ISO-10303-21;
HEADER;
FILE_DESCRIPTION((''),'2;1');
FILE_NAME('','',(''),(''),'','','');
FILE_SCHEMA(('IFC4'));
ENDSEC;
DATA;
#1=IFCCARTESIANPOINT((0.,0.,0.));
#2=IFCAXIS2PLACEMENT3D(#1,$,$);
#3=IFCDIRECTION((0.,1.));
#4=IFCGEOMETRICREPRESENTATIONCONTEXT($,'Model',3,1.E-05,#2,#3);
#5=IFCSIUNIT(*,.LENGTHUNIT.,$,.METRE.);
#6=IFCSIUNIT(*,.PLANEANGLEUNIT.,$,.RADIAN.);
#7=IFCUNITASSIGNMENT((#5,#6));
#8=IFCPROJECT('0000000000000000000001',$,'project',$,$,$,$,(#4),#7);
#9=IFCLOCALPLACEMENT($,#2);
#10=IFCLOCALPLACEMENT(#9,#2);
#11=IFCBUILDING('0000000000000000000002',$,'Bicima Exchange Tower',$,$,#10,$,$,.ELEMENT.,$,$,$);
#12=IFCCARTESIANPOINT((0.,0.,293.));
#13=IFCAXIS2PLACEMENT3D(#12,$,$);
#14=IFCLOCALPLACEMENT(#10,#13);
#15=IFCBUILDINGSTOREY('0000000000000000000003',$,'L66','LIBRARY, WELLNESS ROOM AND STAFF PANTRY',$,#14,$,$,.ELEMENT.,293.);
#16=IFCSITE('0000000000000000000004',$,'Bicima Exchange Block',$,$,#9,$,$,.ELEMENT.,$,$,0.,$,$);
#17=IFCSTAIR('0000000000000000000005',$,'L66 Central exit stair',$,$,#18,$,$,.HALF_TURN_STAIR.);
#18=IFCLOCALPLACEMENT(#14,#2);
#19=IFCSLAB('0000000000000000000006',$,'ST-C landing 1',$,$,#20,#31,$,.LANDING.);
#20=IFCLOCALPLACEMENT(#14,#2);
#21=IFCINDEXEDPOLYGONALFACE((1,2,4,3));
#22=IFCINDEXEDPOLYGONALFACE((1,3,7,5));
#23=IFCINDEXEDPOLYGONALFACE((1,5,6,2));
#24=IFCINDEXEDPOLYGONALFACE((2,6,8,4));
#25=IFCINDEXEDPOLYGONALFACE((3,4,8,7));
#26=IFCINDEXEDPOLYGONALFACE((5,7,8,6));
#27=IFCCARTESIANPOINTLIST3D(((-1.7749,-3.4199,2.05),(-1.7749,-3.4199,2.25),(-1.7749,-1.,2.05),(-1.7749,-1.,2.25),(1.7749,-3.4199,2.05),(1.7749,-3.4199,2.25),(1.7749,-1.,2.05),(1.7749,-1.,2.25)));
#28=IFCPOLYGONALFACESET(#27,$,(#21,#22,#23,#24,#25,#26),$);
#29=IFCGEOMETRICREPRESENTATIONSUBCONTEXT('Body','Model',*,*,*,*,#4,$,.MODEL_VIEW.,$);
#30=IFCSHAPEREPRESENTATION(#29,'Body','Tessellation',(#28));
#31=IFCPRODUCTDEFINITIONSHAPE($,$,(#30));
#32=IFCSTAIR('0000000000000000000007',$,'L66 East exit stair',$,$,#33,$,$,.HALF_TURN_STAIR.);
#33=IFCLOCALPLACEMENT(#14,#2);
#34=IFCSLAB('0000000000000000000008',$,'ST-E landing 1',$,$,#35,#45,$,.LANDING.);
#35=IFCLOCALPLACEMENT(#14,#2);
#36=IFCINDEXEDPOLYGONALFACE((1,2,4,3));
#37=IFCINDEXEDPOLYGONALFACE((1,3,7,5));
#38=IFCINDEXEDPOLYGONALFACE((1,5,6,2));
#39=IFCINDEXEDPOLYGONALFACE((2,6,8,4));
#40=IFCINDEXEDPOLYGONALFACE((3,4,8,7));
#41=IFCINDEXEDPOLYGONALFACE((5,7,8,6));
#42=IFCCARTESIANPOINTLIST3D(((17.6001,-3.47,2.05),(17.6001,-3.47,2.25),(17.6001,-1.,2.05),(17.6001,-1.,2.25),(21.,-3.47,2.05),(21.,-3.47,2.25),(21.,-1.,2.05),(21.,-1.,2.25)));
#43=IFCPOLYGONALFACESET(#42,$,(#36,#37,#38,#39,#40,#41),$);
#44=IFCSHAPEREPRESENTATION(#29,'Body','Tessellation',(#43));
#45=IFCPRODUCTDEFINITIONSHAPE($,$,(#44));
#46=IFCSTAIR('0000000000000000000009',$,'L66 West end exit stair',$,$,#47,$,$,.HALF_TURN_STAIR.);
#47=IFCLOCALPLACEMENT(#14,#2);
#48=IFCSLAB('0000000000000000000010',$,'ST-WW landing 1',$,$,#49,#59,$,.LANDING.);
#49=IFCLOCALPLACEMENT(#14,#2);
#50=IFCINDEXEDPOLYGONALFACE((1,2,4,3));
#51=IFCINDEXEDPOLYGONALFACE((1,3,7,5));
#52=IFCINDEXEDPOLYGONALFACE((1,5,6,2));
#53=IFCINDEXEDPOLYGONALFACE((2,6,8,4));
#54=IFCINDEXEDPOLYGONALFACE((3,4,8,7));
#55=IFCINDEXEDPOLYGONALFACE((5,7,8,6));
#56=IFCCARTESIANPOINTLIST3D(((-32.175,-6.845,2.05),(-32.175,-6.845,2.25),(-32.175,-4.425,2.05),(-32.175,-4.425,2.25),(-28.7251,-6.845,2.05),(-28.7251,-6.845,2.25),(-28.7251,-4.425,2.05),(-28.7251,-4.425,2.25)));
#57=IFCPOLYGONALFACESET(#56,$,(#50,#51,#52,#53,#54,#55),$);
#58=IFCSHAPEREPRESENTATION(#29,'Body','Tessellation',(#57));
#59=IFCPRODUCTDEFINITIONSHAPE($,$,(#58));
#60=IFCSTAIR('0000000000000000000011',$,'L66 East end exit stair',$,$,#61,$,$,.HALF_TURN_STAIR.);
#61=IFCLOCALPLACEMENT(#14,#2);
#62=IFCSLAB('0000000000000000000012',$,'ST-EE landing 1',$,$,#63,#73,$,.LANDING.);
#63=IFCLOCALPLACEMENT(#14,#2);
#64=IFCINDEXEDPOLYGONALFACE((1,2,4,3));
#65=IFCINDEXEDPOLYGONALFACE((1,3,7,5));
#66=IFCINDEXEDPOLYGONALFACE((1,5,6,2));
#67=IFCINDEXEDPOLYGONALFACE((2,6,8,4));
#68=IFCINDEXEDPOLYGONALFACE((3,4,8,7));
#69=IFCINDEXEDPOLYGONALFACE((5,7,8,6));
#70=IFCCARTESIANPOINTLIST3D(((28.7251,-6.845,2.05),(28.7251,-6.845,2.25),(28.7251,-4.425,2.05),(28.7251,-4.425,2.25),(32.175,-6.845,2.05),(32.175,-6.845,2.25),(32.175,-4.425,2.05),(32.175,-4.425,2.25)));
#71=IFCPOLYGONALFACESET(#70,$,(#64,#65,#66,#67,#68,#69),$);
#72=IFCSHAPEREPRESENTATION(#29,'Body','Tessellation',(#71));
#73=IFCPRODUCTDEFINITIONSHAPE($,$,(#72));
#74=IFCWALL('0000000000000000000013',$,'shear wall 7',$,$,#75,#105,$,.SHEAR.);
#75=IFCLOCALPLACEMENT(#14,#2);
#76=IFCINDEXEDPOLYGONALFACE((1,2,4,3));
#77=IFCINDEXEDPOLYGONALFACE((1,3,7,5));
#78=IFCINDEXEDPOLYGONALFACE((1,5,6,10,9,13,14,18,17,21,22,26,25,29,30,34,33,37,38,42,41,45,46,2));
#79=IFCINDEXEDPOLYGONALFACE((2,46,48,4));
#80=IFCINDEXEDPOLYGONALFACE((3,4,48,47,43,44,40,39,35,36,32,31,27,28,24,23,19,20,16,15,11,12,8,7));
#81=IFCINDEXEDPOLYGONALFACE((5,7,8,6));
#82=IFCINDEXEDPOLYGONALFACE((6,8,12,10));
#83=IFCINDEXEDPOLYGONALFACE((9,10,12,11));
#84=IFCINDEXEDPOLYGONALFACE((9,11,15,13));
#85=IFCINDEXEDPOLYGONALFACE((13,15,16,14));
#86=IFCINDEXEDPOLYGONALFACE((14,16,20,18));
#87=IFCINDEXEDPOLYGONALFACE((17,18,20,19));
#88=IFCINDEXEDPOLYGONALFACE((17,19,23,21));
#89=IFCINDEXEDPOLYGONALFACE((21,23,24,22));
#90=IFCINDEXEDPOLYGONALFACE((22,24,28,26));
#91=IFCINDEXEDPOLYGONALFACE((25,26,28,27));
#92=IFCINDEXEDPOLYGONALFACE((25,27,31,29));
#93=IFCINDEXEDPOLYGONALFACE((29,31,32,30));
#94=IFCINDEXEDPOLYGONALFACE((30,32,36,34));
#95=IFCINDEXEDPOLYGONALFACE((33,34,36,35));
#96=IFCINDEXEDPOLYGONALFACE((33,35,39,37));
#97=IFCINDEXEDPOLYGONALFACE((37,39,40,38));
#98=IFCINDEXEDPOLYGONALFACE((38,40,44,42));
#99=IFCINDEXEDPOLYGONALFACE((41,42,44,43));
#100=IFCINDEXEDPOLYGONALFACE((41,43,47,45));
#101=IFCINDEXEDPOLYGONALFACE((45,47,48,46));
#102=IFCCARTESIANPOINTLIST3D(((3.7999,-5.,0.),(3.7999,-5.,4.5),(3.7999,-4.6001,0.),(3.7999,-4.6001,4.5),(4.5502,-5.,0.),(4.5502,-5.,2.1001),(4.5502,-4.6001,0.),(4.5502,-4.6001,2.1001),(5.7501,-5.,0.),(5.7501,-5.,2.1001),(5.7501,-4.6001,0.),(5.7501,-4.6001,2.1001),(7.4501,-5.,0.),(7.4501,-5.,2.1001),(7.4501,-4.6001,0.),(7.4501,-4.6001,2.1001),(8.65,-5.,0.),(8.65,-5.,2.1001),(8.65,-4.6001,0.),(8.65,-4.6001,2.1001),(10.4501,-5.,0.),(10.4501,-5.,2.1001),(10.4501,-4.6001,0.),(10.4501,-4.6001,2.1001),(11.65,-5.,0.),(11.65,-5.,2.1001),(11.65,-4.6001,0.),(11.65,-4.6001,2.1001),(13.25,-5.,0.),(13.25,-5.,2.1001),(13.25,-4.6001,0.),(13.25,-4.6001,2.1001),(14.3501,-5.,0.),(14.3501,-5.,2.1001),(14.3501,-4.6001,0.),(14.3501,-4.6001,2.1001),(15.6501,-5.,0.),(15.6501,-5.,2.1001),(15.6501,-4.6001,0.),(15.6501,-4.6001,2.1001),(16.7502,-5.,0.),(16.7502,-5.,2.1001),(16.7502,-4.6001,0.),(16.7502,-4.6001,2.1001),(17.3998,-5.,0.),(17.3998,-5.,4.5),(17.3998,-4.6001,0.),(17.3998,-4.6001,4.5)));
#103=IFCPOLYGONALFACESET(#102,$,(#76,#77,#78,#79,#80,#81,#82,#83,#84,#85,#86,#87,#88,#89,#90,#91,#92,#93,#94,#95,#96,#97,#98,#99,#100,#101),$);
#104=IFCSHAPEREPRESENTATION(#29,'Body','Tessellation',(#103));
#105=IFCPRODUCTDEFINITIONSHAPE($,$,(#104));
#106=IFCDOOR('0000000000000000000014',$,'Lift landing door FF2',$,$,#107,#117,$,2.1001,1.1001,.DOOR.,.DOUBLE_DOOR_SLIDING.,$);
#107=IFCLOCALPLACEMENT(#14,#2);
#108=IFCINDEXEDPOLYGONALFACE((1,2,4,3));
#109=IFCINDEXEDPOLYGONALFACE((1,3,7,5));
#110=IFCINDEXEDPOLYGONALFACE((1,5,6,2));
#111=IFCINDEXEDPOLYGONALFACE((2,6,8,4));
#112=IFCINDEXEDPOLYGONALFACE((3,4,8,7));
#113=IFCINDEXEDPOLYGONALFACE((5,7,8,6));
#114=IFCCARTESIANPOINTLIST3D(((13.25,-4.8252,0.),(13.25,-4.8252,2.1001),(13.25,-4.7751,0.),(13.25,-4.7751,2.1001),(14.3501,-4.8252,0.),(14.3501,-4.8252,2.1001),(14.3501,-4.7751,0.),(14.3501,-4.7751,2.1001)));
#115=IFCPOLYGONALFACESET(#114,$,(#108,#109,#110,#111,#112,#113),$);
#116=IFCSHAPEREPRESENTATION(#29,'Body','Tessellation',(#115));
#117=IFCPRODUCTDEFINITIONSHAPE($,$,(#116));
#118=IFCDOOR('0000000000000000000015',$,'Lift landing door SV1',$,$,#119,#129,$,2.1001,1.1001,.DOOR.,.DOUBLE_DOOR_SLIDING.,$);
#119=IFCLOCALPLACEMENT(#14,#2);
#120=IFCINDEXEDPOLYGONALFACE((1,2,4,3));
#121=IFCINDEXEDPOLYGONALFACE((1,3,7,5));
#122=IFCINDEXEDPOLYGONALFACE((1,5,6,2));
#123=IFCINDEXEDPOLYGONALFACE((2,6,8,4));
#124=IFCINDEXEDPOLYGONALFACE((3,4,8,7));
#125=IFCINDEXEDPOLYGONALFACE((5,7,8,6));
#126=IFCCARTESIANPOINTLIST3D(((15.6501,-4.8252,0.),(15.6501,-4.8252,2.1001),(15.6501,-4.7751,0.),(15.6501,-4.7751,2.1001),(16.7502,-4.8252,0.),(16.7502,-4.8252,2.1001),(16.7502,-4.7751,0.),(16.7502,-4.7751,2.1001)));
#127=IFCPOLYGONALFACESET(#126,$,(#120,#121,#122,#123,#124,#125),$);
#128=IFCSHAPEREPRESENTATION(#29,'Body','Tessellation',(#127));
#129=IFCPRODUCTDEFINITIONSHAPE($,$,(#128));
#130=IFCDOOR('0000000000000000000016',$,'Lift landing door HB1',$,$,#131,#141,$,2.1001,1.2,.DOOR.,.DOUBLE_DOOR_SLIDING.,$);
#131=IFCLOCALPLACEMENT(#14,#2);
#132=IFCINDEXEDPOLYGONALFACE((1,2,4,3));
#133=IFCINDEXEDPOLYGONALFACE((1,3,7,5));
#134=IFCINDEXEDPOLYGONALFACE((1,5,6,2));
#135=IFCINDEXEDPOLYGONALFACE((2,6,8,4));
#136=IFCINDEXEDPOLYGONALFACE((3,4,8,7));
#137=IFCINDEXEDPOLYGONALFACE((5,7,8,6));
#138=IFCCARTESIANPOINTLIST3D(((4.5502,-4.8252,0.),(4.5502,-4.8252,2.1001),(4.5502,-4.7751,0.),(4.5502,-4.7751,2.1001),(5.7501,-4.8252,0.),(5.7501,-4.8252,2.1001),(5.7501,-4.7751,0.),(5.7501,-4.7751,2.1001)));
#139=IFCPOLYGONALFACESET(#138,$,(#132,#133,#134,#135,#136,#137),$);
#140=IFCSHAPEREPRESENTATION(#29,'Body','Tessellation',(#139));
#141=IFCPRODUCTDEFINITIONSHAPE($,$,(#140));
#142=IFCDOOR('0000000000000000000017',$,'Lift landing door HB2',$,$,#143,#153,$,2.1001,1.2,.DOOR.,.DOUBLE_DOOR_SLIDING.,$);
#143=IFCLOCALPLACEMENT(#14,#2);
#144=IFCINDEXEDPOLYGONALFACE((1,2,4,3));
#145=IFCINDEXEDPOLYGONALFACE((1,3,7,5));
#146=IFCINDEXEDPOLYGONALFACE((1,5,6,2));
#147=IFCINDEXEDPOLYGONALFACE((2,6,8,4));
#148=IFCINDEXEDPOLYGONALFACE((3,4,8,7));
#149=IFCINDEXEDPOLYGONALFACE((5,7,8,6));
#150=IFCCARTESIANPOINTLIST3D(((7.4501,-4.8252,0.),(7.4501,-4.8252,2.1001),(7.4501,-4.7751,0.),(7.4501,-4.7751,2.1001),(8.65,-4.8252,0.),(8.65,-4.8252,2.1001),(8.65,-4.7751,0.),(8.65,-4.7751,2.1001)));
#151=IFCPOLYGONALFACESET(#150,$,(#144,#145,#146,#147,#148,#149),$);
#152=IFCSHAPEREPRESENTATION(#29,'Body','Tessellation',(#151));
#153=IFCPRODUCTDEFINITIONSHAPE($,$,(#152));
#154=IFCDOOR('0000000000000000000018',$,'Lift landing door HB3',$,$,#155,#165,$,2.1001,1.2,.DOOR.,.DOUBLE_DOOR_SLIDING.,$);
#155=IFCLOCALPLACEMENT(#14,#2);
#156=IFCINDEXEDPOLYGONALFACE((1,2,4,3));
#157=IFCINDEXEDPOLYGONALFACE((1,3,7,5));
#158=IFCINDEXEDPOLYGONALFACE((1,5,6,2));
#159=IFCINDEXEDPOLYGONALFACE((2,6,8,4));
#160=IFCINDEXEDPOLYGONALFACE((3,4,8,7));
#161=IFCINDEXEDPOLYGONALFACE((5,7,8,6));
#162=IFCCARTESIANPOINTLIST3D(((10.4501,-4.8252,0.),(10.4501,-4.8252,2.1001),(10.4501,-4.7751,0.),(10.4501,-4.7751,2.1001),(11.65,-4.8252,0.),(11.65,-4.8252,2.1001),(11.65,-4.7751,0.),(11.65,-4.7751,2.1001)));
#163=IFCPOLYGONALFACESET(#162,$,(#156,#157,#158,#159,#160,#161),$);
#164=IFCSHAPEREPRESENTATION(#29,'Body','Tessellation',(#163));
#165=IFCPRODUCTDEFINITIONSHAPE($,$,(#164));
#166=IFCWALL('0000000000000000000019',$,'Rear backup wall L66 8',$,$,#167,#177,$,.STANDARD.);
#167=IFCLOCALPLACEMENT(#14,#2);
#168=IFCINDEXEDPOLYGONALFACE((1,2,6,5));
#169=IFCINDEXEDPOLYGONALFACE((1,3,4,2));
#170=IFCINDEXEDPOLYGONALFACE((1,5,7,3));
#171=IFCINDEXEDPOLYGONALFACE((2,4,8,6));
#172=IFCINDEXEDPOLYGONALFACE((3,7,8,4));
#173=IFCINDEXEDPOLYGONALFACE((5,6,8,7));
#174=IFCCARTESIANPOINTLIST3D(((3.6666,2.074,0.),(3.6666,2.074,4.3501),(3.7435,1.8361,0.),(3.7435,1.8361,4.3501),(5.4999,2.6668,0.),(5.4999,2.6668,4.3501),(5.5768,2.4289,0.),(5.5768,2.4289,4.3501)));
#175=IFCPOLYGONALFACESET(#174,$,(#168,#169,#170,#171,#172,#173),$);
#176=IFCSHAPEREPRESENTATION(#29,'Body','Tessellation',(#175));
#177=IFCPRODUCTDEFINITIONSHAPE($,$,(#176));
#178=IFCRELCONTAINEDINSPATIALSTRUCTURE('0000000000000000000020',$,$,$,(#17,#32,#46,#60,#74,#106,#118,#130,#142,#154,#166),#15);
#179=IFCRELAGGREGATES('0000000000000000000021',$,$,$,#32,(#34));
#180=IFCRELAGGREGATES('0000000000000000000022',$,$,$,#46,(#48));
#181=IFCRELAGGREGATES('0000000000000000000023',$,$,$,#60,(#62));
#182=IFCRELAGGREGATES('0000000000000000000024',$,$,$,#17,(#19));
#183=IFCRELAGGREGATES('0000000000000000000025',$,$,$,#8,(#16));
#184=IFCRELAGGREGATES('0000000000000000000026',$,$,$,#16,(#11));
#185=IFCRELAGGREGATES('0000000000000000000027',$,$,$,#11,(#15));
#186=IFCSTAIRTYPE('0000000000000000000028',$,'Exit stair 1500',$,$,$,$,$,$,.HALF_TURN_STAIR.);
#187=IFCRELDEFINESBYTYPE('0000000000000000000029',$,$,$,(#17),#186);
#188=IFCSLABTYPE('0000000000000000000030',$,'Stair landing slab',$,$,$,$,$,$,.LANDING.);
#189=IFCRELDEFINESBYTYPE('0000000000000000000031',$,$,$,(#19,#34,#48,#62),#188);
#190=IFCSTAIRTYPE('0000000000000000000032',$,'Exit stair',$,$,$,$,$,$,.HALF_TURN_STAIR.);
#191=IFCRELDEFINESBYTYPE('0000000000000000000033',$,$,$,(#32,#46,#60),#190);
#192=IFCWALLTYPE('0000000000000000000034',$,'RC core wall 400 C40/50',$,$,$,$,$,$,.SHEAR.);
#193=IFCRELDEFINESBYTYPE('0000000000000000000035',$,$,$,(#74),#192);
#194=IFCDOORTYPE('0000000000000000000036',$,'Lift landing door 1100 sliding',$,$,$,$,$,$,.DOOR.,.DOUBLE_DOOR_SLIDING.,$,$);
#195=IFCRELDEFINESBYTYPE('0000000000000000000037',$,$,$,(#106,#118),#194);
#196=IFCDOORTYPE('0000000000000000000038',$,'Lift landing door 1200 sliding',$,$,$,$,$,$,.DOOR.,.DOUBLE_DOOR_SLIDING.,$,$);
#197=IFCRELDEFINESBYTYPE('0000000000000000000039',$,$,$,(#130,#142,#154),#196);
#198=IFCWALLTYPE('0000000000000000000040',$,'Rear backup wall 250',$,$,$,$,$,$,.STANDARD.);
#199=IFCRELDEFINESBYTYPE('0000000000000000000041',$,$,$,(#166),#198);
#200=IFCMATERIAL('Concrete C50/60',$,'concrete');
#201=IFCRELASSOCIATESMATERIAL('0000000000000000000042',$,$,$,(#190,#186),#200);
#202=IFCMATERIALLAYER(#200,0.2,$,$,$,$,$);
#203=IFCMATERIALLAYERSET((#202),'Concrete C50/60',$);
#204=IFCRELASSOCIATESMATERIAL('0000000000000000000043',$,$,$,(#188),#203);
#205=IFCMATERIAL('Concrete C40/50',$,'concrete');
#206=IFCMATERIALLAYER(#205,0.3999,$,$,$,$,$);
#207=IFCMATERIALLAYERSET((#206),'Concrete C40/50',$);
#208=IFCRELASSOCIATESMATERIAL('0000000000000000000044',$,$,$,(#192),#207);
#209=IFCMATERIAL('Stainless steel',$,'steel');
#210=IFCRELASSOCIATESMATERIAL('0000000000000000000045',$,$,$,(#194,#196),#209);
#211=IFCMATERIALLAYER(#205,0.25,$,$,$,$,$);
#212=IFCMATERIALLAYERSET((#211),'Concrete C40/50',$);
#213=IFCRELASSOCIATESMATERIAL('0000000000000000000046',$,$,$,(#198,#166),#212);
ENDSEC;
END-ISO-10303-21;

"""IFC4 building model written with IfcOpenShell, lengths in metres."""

from ifc_helpers import new_model, si_unit, direction, frame, frame_2d, origin, place, context, subcontext, project, spatial, polyline, rectangle, outline, extrude, material, layer, layer_set, layer_usage, type_object, element, fill, aggregate, save


model = new_model("IFC4")

# Units and contexts
model_context = context("Model", 3, precision=1e-05, world=origin(), true_north=direction((0.0, 1.0)))
body_context = subcontext(model_context, "Body", "Model", "MODEL_VIEW")
ifc_project = project(units=[si_unit("LENGTHUNIT", "METRE"), si_unit("PLANEANGLEUNIT", "RADIAN")], contexts=[model_context])

# Site, building, storey
site_placement = place(None, origin())
site = spatial("IfcSite", under=ifc_project, at=site_placement, Name="Bicima Exchange Block", CompositionType="ELEMENT", RefElevation=0.0)
building_placement = place(site_placement, origin())
building = spatial("IfcBuilding", under=site, at=building_placement, Name="Bicima Exchange Tower", CompositionType="ELEMENT")
storey_placement = place(building_placement, frame((0.0, 0.0, 293.0)))
storey = spatial("IfcBuildingStorey", under=building, at=storey_placement, Name="L66", Description="LIBRARY, WELLNESS ROOM AND STAFF PANTRY", CompositionType="ELEMENT", Elevation=293.0)

# Shared definitions
ifc_material_1 = material(Name="Concrete C40/50", Category="concrete")

# Stairs, slabs
ifc_material_2 = material(Name="Concrete C50/60", Category="concrete")
stair_type_1 = type_object("IfcStairType", Name="Exit stair", PredefinedType="HALF_TURN_STAIR", material=ifc_material_2)
ifc_layer_1 = layer(ifc_material_2, 0.2)
ifc_layer_set_1 = layer_set([ifc_layer_1], Name="Concrete C50/60")
slab_type_1 = type_object("IfcSlabType", Name="Stair landing slab", PredefinedType="LANDING", material=ifc_layer_set_1)
stair_type_2 = type_object("IfcStairType", Name="Exit stair 1500", PredefinedType="HALF_TURN_STAIR", material=ifc_material_2)
stair_1_placement = place(storey_placement, origin())
stair_1 = element("IfcStair", 1, at=stair_1_placement, inside=storey, type_object=stair_type_2, Name="L66 Central exit stair", PredefinedType="HALF_TURN_STAIR")
slab_1_placement = place(storey_placement, frame((0.0, 0.0, 2.05)))
slab_1 = element("IfcSlab", 2, at=slab_1_placement, type_object=slab_type_1, Name="ST-C landing 1", PredefinedType="LANDING", context=body_context, shape_type="SweptSolid", body=[
    extrude(outline(polyline([(1.7749, -3.4199), (1.7749, -1.0), (-1.7749, -1.0), (-1.7749, -3.4199), (1.7749, -3.4199)])), origin(), (0.0, 0.0, 1.0), 0.2),
])
stair_2_placement = place(storey_placement, origin())
stair_2 = element("IfcStair", 3, at=stair_2_placement, inside=storey, type_object=stair_type_1, Name="L66 East exit stair", PredefinedType="HALF_TURN_STAIR")
slab_2_placement = place(storey_placement, frame((0.0, 0.0, 2.05)))
slab_2 = element("IfcSlab", 4, at=slab_2_placement, type_object=slab_type_1, Name="ST-E landing 1", PredefinedType="LANDING", context=body_context, shape_type="SweptSolid", body=[
    extrude(outline(polyline([(21.0, -3.47), (21.0, -1.0), (17.6001, -1.0), (17.6001, -3.47), (21.0, -3.47)])), origin(), (0.0, 0.0, 1.0), 0.2),
])
aggregate(stair_2, [slab_2])
stair_3_placement = place(storey_placement, origin())
stair_3 = element("IfcStair", 5, at=stair_3_placement, inside=storey, type_object=stair_type_1, Name="L66 West end exit stair", PredefinedType="HALF_TURN_STAIR")
slab_3_placement = place(storey_placement, frame((0.0, 0.0, 2.05)))
slab_3 = element("IfcSlab", 6, at=slab_3_placement, type_object=slab_type_1, Name="ST-WW landing 1", PredefinedType="LANDING", context=body_context, shape_type="SweptSolid", body=[
    extrude(outline(polyline([(-28.7251, -6.845), (-28.7251, -4.425), (-32.175, -4.425), (-32.175, -6.845), (-28.7251, -6.845)])), origin(), (0.0, 0.0, 1.0), 0.2),
])
aggregate(stair_3, [slab_3])
stair_4_placement = place(storey_placement, origin())
stair_4 = element("IfcStair", 7, at=stair_4_placement, inside=storey, type_object=stair_type_1, Name="L66 East end exit stair", PredefinedType="HALF_TURN_STAIR")
slab_4_placement = place(storey_placement, frame((0.0, 0.0, 2.05)))
slab_4 = element("IfcSlab", 8, at=slab_4_placement, type_object=slab_type_1, Name="ST-EE landing 1", PredefinedType="LANDING", context=body_context, shape_type="SweptSolid", body=[
    extrude(outline(polyline([(32.175, -6.845), (32.175, -4.425), (28.7251, -4.425), (28.7251, -6.845), (32.175, -6.845)])), origin(), (0.0, 0.0, 1.0), 0.2),
])
aggregate(stair_4, [slab_4])

# Wall, openings, doors
ifc_layer_2 = layer(ifc_material_1, 0.3999)
ifc_layer_set_2 = layer_set([ifc_layer_2], Name="Concrete C40/50")
wall_type_1 = type_object("IfcWallType", Name="RC core wall 400 C40/50", PredefinedType="SHEAR", material=ifc_layer_set_2)
wall_1_placement = place(storey_placement, frame((3.8, -4.8, 0.0), z_axis=(0.0, 0.0, 1.0), x_axis=(1.0, 0.0, 0.0)))
wall_1 = element("IfcWall", 9, at=wall_1_placement, inside=storey, type_object=wall_type_1, Name="shear wall 7", PredefinedType="SHEAR", context=body_context, shape_type="SweptSolid", body=[
    extrude(rectangle(XDim=13.5999, YDim=0.3999, at=frame_2d((6.7998, 0.0))), origin(), (0.0, 0.0, 1.0), 4.5),
])
opening_1_placement = place(wall_1_placement, frame((0.75, 0.0, 0.0)))
opening_1 = element("IfcOpeningElement", 10, at=opening_1_placement, cuts=wall_1, PredefinedType="OPENING", context=body_context, shape_type="SweptSolid", body=[
    extrude(rectangle(XDim=1.2, YDim=2.1001, at=frame_2d((0.6001, 1.05))), frame((0.0, 0.2119, 0.0), z_axis=(0.0, -1.0, 0.0), x_axis=(1.0, 0.0, 0.0)), (0.0, 0.0, 1.0), 0.4238),
])
opening_2_placement = place(wall_1_placement, frame((3.6499, 0.0, 0.0)))
opening_2 = element("IfcOpeningElement", 11, at=opening_2_placement, cuts=wall_1, PredefinedType="OPENING", context=body_context, shape_type="SweptSolid", body=[
    extrude(rectangle(XDim=1.2, YDim=2.1001, at=frame_2d((0.6001, 1.05))), frame((0.0, 0.2119, 0.0), z_axis=(0.0, -1.0, 0.0), x_axis=(1.0, 0.0, 0.0)), (0.0, 0.0, 1.0), 0.4238),
])
opening_3_placement = place(wall_1_placement, frame((6.6499, 0.0, 0.0)))
opening_3 = element("IfcOpeningElement", 12, at=opening_3_placement, cuts=wall_1, PredefinedType="OPENING", context=body_context, shape_type="SweptSolid", body=[
    extrude(rectangle(XDim=1.2, YDim=2.1001, at=frame_2d((0.6001, 1.05))), frame((0.0, 0.2119, 0.0), z_axis=(0.0, -1.0, 0.0), x_axis=(1.0, 0.0, 0.0)), (0.0, 0.0, 1.0), 0.4238),
])
opening_4_placement = place(wall_1_placement, frame((9.45, 0.0, 0.0)))
opening_4 = element("IfcOpeningElement", 13, at=opening_4_placement, cuts=wall_1, PredefinedType="OPENING", context=body_context, shape_type="SweptSolid", body=[
    extrude(rectangle(XDim=1.1001, YDim=2.1001, at=frame_2d((0.55, 1.05))), frame((0.0, 0.2119, 0.0), z_axis=(0.0, -1.0, 0.0), x_axis=(1.0, 0.0, 0.0)), (0.0, 0.0, 1.0), 0.4238),
])
opening_5_placement = place(wall_1_placement, frame((11.8501, 0.0, 0.0)))
opening_5 = element("IfcOpeningElement", 14, at=opening_5_placement, cuts=wall_1, PredefinedType="OPENING", context=body_context, shape_type="SweptSolid", body=[
    extrude(rectangle(XDim=1.1001, YDim=2.1001, at=frame_2d((0.55, 1.05))), frame((0.0, 0.2119, 0.0), z_axis=(0.0, -1.0, 0.0), x_axis=(1.0, 0.0, 0.0)), (0.0, 0.0, 1.0), 0.4238),
])
ifc_material_3 = material(Name="Stainless steel", Category="steel")
door_type_1 = type_object("IfcDoorType", Name="Lift landing door 1100 sliding", OperationType="DOUBLE_DOOR_SLIDING", PredefinedType="DOOR", material=ifc_material_3)
door_1_placement = place(opening_4_placement, origin())
door_1 = element("IfcDoor", 15, at=door_1_placement, inside=storey, type_object=door_type_1, Name="Lift landing door FF2", OperationType="DOUBLE_DOOR_SLIDING", OverallHeight=2.1001, OverallWidth=1.1001, PredefinedType="DOOR", context=body_context, shape_type="SweptSolid", body=[
    extrude(rectangle(XDim=1.1001, YDim=2.1001, at=frame_2d((0.55, 1.05))), frame((0.0, 0.0249, 0.0), z_axis=(0.0, -1.0, 0.0), x_axis=(1.0, 0.0, 0.0)), (0.0, 0.0, 1.0), 0.05),
])
fill(opening_4, door_1)
door_2_placement = place(opening_5_placement, origin())
door_2 = element("IfcDoor", 16, at=door_2_placement, inside=storey, type_object=door_type_1, Name="Lift landing door SV1", OperationType="DOUBLE_DOOR_SLIDING", OverallHeight=2.1001, OverallWidth=1.1001, PredefinedType="DOOR", context=body_context, shape_type="SweptSolid", body=[
    extrude(rectangle(XDim=1.1001, YDim=2.1001, at=frame_2d((0.55, 1.05))), frame((0.0, 0.0249, 0.0), z_axis=(0.0, -1.0, 0.0), x_axis=(1.0, 0.0, 0.0)), (0.0, 0.0, 1.0), 0.05),
])
fill(opening_5, door_2)
door_type_2 = type_object("IfcDoorType", Name="Lift landing door 1200 sliding", OperationType="DOUBLE_DOOR_SLIDING", PredefinedType="DOOR", material=ifc_material_3)
door_3_placement = place(opening_1_placement, origin())
door_3 = element("IfcDoor", 17, at=door_3_placement, inside=storey, type_object=door_type_2, Name="Lift landing door HB1", OperationType="DOUBLE_DOOR_SLIDING", OverallHeight=2.1001, OverallWidth=1.2, PredefinedType="DOOR", context=body_context, shape_type="SweptSolid", body=[
    extrude(rectangle(XDim=1.2, YDim=2.1001, at=frame_2d((0.6001, 1.05))), frame((0.0, 0.0249, 0.0), z_axis=(0.0, -1.0, 0.0), x_axis=(1.0, 0.0, 0.0)), (0.0, 0.0, 1.0), 0.05),
])
fill(opening_1, door_3)
door_4_placement = place(opening_2_placement, origin())
door_4 = element("IfcDoor", 18, at=door_4_placement, inside=storey, type_object=door_type_2, Name="Lift landing door HB2", OperationType="DOUBLE_DOOR_SLIDING", OverallHeight=2.1001, OverallWidth=1.2, PredefinedType="DOOR", context=body_context, shape_type="SweptSolid", body=[
    extrude(rectangle(XDim=1.2, YDim=2.1001, at=frame_2d((0.6001, 1.05))), frame((0.0, 0.0249, 0.0), z_axis=(0.0, -1.0, 0.0), x_axis=(1.0, 0.0, 0.0)), (0.0, 0.0, 1.0), 0.05),
])
fill(opening_2, door_4)
door_5_placement = place(opening_3_placement, origin())
door_5 = element("IfcDoor", 19, at=door_5_placement, inside=storey, type_object=door_type_2, Name="Lift landing door HB3", OperationType="DOUBLE_DOOR_SLIDING", OverallHeight=2.1001, OverallWidth=1.2, PredefinedType="DOOR", context=body_context, shape_type="SweptSolid", body=[
    extrude(rectangle(XDim=1.2, YDim=2.1001, at=frame_2d((0.6001, 1.05))), frame((0.0, 0.0249, 0.0), z_axis=(0.0, -1.0, 0.0), x_axis=(1.0, 0.0, 0.0)), (0.0, 0.0, 1.0), 0.05),
])
fill(opening_3, door_5)

# Wall
ifc_layer_3 = layer(ifc_material_1, 0.25)
ifc_layer_set_3 = layer_set([ifc_layer_3], Name="Concrete C40/50")
ifc_layer_usage = layer_usage(ifc_layer_set_3, "AXIS2", "POSITIVE", -0.125)
wall_type_2 = type_object("IfcWallType", Name="Rear backup wall 250", PredefinedType="STANDARD", material=ifc_layer_set_3)
wall_2_placement = place(storey_placement, frame((5.5383, 2.5479, 0.0), z_axis=(0.0, 0.0, 1.0), x_axis=(-0.951496, -0.307662, 0.0)))
element("IfcWall", 20, at=wall_2_placement, inside=storey, type_object=wall_type_2, material=ifc_layer_usage, Name="Rear backup wall L66 8", PredefinedType="STANDARD", context=body_context, shape_type="SweptSolid", body=[
    extrude(rectangle(XDim=1.9268, YDim=0.25, at=frame_2d((0.9634, 0.0))), origin(), (0.0, 0.0, 1.0), 4.3501),
])

aggregate(stair_1, [slab_1])

save(model, "model.ifc")
